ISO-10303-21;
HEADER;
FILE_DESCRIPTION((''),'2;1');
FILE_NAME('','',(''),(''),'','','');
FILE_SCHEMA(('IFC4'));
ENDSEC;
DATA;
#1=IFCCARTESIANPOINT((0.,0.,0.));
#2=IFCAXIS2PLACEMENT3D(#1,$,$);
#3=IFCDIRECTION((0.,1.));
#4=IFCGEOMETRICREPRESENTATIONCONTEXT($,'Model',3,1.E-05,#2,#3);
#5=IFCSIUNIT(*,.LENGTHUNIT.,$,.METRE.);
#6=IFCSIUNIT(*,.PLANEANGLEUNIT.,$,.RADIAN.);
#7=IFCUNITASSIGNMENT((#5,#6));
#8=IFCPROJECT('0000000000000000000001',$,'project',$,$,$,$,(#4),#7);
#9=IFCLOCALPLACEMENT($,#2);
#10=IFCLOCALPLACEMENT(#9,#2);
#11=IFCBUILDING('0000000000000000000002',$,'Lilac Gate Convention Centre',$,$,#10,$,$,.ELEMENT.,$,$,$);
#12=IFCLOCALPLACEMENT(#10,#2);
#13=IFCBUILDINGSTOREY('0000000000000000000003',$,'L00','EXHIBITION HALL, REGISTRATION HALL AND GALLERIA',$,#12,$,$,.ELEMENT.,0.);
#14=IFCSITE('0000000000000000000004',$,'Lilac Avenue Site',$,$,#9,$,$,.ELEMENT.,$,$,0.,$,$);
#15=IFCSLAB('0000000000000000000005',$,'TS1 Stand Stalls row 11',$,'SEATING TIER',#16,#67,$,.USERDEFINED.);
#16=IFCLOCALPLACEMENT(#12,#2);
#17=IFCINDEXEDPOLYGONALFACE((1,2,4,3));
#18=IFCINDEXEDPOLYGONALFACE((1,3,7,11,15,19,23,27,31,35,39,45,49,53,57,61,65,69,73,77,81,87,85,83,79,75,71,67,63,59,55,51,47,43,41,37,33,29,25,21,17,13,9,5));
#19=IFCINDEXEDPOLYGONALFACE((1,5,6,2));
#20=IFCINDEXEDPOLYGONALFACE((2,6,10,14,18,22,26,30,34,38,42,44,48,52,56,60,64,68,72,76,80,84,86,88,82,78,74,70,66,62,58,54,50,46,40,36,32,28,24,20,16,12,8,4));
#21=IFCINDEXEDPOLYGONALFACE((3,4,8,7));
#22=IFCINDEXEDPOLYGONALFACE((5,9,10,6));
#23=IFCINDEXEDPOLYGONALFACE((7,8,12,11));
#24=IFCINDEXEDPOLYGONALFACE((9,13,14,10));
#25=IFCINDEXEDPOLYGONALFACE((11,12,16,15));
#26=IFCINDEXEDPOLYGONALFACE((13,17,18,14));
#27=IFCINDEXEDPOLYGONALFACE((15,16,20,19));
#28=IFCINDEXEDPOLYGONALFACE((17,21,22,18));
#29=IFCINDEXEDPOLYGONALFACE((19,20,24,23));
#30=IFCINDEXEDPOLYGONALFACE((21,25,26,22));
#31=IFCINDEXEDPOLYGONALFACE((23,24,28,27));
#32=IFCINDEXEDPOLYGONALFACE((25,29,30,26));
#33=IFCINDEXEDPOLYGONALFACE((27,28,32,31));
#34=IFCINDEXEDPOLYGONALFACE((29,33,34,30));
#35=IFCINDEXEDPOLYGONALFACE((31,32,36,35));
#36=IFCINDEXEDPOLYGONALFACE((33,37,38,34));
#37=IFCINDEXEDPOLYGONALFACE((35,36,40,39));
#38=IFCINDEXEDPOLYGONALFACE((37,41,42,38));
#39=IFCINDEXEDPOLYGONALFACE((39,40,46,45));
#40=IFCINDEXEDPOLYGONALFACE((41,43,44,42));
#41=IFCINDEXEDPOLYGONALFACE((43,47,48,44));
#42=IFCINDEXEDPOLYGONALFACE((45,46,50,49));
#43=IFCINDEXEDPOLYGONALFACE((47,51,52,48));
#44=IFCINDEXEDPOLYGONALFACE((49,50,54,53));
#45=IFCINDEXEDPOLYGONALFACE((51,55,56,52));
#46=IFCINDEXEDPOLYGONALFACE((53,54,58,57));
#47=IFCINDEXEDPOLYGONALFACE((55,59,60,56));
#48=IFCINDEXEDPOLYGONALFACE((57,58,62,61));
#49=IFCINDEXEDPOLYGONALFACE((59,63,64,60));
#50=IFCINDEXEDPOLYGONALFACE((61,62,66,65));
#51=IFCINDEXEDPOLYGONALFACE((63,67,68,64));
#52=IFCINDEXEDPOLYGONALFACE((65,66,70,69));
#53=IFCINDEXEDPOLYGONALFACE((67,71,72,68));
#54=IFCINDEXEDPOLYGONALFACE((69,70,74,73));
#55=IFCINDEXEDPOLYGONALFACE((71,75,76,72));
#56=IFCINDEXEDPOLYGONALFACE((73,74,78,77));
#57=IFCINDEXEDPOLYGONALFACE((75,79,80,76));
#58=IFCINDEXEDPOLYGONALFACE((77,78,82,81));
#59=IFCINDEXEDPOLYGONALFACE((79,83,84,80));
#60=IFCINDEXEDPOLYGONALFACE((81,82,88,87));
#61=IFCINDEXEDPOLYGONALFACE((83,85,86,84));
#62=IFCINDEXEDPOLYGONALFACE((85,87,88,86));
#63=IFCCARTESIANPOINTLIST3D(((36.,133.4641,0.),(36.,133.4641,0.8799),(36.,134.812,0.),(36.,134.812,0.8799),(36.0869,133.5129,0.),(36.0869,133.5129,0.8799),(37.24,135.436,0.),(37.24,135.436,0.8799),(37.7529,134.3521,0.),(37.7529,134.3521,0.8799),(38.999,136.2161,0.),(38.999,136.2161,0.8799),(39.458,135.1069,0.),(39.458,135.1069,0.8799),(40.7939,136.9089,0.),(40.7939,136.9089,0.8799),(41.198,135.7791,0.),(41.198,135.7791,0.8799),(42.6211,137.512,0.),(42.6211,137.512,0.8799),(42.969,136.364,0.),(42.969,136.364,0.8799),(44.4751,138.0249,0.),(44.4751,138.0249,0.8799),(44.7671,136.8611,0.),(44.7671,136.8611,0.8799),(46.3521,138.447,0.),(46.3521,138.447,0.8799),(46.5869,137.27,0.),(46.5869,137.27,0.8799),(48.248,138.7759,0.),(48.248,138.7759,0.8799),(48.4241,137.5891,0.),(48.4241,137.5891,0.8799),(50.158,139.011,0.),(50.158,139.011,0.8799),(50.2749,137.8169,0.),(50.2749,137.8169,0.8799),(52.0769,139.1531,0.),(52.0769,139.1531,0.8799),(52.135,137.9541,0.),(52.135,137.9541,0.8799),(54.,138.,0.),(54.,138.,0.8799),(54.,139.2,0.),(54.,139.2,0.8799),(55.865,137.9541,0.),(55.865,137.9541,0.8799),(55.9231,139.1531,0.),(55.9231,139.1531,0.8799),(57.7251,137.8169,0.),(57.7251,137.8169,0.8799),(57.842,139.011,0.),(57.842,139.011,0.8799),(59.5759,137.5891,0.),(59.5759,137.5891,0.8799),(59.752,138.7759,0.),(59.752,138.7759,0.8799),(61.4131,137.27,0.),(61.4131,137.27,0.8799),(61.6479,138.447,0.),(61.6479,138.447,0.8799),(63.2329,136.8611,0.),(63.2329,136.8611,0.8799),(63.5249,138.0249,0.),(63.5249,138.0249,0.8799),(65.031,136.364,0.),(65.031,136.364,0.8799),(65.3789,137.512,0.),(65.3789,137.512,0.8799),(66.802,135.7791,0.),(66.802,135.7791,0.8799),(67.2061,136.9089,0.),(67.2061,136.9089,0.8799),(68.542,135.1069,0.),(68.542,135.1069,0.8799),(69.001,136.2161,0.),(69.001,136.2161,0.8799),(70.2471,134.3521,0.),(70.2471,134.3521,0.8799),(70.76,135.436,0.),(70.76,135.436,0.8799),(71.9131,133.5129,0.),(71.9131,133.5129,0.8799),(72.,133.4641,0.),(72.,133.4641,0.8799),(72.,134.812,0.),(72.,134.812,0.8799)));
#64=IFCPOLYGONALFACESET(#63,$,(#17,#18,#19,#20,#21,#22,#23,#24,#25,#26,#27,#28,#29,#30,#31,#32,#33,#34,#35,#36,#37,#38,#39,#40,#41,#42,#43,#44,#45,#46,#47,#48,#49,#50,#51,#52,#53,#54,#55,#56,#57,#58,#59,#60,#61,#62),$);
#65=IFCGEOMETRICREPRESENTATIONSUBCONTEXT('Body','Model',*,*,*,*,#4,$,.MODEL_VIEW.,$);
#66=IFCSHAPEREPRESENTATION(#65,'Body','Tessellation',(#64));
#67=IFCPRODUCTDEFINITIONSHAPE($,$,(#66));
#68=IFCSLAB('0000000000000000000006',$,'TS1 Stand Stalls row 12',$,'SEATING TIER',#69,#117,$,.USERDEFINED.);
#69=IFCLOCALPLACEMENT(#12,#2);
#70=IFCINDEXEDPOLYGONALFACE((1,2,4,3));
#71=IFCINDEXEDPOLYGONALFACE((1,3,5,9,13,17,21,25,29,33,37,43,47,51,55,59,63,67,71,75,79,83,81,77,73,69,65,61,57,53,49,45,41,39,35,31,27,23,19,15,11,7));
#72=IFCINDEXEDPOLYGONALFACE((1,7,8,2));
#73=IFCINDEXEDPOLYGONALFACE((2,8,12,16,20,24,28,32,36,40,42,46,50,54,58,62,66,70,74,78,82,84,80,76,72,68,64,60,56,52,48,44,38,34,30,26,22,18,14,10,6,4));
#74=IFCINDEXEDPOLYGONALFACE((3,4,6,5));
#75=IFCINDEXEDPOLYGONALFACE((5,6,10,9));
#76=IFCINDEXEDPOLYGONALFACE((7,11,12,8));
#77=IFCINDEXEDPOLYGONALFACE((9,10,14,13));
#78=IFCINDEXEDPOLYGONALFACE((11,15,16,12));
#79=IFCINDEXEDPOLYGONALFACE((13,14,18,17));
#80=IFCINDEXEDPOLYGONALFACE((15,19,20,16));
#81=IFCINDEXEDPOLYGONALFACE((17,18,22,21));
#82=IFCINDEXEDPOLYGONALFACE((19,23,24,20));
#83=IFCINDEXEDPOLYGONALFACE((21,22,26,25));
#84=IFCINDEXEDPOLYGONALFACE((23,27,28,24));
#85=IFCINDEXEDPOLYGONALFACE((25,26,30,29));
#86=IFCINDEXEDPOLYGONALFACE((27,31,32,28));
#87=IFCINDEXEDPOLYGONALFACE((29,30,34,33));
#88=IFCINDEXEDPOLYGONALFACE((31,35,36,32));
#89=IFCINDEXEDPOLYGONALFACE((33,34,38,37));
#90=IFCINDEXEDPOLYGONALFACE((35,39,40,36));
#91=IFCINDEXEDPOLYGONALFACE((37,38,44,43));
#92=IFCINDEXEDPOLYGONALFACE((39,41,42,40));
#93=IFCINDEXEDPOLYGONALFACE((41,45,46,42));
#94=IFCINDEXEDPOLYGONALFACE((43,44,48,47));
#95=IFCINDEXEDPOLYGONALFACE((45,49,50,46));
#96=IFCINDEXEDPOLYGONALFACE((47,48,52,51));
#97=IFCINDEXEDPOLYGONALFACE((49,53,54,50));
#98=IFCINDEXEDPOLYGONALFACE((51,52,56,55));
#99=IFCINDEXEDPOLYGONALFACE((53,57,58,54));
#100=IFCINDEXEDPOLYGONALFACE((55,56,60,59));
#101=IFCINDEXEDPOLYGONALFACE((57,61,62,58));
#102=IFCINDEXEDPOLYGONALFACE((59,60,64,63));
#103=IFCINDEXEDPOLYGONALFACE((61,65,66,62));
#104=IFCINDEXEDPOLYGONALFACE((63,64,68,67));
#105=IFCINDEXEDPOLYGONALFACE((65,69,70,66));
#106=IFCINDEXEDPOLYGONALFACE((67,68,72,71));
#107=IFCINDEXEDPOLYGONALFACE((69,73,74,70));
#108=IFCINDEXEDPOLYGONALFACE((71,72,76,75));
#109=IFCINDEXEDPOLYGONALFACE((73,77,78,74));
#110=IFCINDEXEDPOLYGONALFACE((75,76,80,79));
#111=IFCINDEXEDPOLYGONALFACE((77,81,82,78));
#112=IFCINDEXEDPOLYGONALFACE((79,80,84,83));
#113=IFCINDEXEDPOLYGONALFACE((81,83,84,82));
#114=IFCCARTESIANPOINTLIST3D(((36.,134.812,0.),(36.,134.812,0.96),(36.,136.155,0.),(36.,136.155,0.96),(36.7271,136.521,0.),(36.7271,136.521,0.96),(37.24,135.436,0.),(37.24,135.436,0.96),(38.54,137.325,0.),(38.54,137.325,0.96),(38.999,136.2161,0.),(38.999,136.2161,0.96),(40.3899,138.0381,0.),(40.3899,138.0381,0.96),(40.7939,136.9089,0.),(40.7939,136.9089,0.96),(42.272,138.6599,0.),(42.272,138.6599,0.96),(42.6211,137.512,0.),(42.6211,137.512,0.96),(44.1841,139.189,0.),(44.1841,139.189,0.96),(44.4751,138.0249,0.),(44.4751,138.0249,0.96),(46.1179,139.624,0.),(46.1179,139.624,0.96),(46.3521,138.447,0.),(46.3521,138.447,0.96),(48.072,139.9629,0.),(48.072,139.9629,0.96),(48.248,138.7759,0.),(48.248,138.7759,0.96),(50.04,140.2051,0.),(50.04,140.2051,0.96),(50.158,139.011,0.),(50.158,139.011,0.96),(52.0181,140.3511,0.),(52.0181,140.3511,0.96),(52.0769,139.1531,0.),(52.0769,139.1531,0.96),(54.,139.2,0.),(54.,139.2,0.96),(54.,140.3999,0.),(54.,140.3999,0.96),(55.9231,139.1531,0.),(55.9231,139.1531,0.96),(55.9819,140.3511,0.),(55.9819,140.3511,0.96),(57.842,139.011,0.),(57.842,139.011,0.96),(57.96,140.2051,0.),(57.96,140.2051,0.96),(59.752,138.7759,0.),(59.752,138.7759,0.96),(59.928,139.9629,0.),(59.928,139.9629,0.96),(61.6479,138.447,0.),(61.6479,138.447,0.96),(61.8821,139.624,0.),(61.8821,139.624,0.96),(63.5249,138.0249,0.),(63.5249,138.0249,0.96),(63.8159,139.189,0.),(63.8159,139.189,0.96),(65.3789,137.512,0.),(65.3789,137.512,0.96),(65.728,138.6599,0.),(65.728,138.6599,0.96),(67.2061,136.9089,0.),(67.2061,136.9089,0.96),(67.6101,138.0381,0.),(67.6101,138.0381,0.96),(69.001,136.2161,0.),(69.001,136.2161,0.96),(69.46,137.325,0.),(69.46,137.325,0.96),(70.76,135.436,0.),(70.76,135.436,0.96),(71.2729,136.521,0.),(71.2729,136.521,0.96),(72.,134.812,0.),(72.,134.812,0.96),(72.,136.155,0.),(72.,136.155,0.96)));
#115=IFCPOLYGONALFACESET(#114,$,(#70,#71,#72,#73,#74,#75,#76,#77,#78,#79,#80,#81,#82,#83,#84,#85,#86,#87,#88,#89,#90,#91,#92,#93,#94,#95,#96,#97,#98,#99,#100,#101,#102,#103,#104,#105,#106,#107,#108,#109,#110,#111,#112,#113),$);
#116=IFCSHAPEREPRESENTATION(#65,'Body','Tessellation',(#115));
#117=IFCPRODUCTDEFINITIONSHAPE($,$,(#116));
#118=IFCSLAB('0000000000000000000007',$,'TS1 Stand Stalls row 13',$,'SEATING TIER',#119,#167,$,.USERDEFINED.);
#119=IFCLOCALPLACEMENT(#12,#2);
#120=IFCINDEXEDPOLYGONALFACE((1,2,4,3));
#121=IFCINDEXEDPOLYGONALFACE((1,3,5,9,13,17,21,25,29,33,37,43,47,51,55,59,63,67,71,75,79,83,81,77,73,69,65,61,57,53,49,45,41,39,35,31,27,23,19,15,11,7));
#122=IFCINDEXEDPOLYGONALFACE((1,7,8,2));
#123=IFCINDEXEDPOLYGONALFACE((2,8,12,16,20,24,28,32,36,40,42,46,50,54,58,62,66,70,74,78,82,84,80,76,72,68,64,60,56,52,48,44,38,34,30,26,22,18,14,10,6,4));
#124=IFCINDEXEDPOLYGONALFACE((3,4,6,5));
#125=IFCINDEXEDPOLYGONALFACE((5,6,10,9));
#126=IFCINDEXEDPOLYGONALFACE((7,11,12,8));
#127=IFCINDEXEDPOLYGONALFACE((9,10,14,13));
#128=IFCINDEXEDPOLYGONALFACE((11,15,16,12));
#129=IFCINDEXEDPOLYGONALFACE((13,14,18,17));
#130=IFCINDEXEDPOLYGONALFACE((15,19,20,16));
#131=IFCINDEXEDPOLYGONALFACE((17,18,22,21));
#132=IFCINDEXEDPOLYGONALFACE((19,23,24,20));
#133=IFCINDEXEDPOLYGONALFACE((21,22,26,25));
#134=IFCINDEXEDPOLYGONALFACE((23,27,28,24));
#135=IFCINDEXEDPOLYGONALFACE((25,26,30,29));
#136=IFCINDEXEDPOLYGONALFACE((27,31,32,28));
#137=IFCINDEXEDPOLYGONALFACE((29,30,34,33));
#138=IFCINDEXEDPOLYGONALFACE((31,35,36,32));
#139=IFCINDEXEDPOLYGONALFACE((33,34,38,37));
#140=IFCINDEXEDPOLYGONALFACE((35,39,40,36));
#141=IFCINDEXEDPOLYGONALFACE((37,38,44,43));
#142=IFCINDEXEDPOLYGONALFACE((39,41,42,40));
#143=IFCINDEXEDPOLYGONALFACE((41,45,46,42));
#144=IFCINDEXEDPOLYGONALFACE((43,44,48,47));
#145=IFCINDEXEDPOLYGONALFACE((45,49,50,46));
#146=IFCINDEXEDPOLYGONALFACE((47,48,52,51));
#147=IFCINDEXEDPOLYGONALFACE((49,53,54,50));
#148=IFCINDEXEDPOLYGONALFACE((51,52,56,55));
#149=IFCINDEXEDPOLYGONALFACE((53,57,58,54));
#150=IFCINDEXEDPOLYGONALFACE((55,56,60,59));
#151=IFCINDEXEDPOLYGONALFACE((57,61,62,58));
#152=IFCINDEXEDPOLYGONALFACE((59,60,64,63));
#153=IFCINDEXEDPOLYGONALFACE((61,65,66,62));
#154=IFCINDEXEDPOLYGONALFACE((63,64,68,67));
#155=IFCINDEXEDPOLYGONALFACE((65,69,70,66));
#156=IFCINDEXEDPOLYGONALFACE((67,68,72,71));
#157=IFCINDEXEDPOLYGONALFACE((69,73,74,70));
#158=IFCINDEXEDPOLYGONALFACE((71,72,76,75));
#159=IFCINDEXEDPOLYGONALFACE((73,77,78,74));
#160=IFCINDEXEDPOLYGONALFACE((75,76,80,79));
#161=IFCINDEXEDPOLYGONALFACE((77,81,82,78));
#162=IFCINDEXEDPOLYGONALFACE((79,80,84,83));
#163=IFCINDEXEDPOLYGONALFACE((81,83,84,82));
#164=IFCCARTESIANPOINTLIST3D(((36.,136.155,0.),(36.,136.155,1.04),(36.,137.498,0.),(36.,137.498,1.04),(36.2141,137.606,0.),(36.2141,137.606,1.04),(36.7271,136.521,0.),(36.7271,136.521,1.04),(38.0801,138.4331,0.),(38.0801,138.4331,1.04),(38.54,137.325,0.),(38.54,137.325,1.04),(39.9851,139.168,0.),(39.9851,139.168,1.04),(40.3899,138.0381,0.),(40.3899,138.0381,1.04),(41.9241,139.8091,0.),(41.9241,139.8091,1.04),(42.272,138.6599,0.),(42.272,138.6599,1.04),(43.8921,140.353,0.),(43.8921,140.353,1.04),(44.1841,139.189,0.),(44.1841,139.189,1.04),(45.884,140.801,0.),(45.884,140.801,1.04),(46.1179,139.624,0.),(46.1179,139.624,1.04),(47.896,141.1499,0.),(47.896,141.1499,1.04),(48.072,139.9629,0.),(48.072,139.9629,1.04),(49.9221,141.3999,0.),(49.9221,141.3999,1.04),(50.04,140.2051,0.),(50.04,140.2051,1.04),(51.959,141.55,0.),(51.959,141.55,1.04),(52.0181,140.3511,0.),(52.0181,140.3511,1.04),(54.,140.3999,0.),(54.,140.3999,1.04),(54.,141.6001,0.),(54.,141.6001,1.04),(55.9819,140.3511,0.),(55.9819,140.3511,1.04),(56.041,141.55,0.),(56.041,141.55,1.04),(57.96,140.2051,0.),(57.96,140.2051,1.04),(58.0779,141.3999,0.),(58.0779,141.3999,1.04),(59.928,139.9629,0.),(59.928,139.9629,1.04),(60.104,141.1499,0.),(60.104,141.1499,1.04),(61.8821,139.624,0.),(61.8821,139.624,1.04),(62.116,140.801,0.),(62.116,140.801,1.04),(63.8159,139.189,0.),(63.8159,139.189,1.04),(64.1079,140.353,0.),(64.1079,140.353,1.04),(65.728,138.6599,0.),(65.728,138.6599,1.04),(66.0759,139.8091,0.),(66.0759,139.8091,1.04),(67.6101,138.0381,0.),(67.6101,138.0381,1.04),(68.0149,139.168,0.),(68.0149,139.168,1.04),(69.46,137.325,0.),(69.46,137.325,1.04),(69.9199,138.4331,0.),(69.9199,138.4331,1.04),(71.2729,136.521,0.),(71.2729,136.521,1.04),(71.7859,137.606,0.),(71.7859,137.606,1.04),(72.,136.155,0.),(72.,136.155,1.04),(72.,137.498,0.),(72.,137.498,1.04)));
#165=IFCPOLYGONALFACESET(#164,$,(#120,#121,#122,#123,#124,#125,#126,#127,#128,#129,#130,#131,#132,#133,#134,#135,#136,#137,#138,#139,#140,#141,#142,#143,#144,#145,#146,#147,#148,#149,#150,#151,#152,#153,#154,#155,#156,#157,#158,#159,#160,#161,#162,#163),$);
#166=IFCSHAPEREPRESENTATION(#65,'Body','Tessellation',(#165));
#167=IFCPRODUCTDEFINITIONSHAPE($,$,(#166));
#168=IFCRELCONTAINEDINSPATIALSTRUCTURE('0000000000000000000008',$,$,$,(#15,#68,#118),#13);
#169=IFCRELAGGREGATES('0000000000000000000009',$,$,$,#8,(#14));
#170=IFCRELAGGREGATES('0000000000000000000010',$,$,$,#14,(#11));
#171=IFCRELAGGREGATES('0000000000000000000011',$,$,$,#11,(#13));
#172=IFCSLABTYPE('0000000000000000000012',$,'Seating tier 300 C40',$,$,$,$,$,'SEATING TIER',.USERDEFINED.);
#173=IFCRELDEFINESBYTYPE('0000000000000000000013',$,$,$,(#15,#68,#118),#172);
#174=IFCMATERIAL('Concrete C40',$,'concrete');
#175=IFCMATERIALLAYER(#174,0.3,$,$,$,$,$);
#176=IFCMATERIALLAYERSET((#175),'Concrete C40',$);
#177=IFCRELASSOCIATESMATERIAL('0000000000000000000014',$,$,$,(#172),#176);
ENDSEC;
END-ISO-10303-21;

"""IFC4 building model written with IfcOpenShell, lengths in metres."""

from ifc_helpers import new_model, si_unit, direction, origin, place, context, subcontext, project, spatial, polyline, outline, extrude, material, layer, layer_set, type_object, element, save


model = new_model("IFC4")

# Units and contexts
model_context = context("Model", 3, precision=1e-05, world=origin(), true_north=direction((0.0, 1.0)))
body_context = subcontext(model_context, "Body", "Model", "MODEL_VIEW")
ifc_project = project(units=[si_unit("LENGTHUNIT", "METRE"), si_unit("PLANEANGLEUNIT", "RADIAN")], contexts=[model_context])

# Site, building, storey
site_placement = place(None, origin())
site = spatial("IfcSite", under=ifc_project, at=site_placement, Name="Lilac Avenue Site", CompositionType="ELEMENT", RefElevation=0.0)
building_placement = place(site_placement, origin())
building = spatial("IfcBuilding", under=site, at=building_placement, Name="Lilac Gate Convention Centre", CompositionType="ELEMENT")
storey_placement = place(building_placement, origin())
storey = spatial("IfcBuildingStorey", under=building, at=storey_placement, Name="L00", Description="EXHIBITION HALL, REGISTRATION HALL AND GALLERIA", CompositionType="ELEMENT", Elevation=0.0)

# Slabs
ifc_material_1 = material(Name="Concrete C40", Category="concrete")
ifc_layer_1 = layer(ifc_material_1, 0.3)
ifc_layer_set_1 = layer_set([ifc_layer_1], Name="Concrete C40")
slab_type_1 = type_object("IfcSlabType", Name="Seating tier 300 C40", ElementType="SEATING TIER", PredefinedType="USERDEFINED", material=ifc_layer_set_1)
slab_1_placement = place(storey_placement, origin())
element("IfcSlab", 1, at=slab_1_placement, inside=storey, type_object=slab_type_1, Name="TS1 Stand Stalls row 11", ObjectType="SEATING TIER", PredefinedType="USERDEFINED", context=body_context, shape_type="SweptSolid", body=[
    extrude(outline(polyline([(37.24, 135.436), (38.999, 136.2161), (40.7939, 136.9089), (42.6211, 137.512), (44.4751, 138.0249), (46.3521, 138.447), (48.248, 138.7759), (50.158, 139.011), (52.0769, 139.1531), (54.0, 139.2), (55.9231, 139.1531), (57.842, 139.011), (59.752, 138.7759), (61.6479, 138.447), (63.5249, 138.0249), (65.3789, 137.512), (67.2061, 136.9089), (69.001, 136.2161), (70.76, 135.436), (72.0, 134.812), (72.0, 133.4641), (71.9131, 133.5129), (70.2471, 134.3521), (68.542, 135.1069), (66.802, 135.7791), (65.031, 136.364), (63.2329, 136.8611), (61.4131, 137.27), (59.5759, 137.5891), (57.7251, 137.8169), (55.865, 137.9541), (54.0, 138.0), (52.135, 137.9541), (50.2749, 137.8169), (48.4241, 137.5891), (46.5869, 137.27), (44.7671, 136.8611), (42.969, 136.364), (41.198, 135.7791), (39.458, 135.1069), (37.7529, 134.3521), (36.0869, 133.5129), (36.0, 133.4641), (36.0, 134.812), (37.24, 135.436)])), origin(), (0.0, 0.0, 1.0), 0.8799),
])
slab_2_placement = place(storey_placement, origin())
element("IfcSlab", 2, at=slab_2_placement, inside=storey, type_object=slab_type_1, Name="TS1 Stand Stalls row 12", ObjectType="SEATING TIER", PredefinedType="USERDEFINED", context=body_context, shape_type="SweptSolid", body=[
    extrude(outline(polyline([(36.7271, 136.521), (38.54, 137.325), (40.3899, 138.0381), (42.272, 138.6599), (44.1841, 139.189), (46.1179, 139.624), (48.072, 139.9629), (50.04, 140.2051), (52.0181, 140.3511), (54.0, 140.3999), (55.9819, 140.3511), (57.96, 140.2051), (59.928, 139.9629), (61.8821, 139.624), (63.8159, 139.189), (65.728, 138.6599), (67.6101, 138.0381), (69.46, 137.325), (71.2729, 136.521), (72.0, 136.155), (72.0, 134.812), (70.76, 135.436), (69.001, 136.2161), (67.2061, 136.9089), (65.3789, 137.512), (63.5249, 138.0249), (61.6479, 138.447), (59.752, 138.7759), (57.842, 139.011), (55.9231, 139.1531), (54.0, 139.2), (52.0769, 139.1531), (50.158, 139.011), (48.248, 138.7759), (46.3521, 138.447), (44.4751, 138.0249), (42.6211, 137.512), (40.7939, 136.9089), (38.999, 136.2161), (37.24, 135.436), (36.0, 134.812), (36.0, 136.155), (36.7271, 136.521)])), origin(), (0.0, 0.0, 1.0), 0.96),
])
slab_3_placement = place(storey_placement, origin())
element("IfcSlab", 3, at=slab_3_placement, inside=storey, type_object=slab_type_1, Name="TS1 Stand Stalls row 13", ObjectType="SEATING TIER", PredefinedType="USERDEFINED", context=body_context, shape_type="SweptSolid", body=[
    extrude(outline(polyline([(36.2141, 137.606), (38.0801, 138.4331), (39.9851, 139.168), (41.9241, 139.8091), (43.8921, 140.353), (45.884, 140.801), (47.896, 141.1499), (49.9221, 141.3999), (51.959, 141.55), (54.0, 141.6001), (56.041, 141.55), (58.0779, 141.3999), (60.104, 141.1499), (62.116, 140.801), (64.1079, 140.353), (66.0759, 139.8091), (68.0149, 139.168), (69.9199, 138.4331), (71.7859, 137.606), (72.0, 137.498), (72.0, 136.155), (71.2729, 136.521), (69.46, 137.325), (67.6101, 138.0381), (65.728, 138.6599), (63.8159, 139.189), (61.8821, 139.624), (59.928, 139.9629), (57.96, 140.2051), (55.9819, 140.3511), (54.0, 140.3999), (52.0181, 140.3511), (50.04, 140.2051), (48.072, 139.9629), (46.1179, 139.624), (44.1841, 139.189), (42.272, 138.6599), (40.3899, 138.0381), (38.54, 137.325), (36.7271, 136.521), (36.0, 136.155), (36.0, 137.498), (36.2141, 137.606)])), origin(), (0.0, 0.0, 1.0), 1.04),
])

save(model, "model.ifc")
